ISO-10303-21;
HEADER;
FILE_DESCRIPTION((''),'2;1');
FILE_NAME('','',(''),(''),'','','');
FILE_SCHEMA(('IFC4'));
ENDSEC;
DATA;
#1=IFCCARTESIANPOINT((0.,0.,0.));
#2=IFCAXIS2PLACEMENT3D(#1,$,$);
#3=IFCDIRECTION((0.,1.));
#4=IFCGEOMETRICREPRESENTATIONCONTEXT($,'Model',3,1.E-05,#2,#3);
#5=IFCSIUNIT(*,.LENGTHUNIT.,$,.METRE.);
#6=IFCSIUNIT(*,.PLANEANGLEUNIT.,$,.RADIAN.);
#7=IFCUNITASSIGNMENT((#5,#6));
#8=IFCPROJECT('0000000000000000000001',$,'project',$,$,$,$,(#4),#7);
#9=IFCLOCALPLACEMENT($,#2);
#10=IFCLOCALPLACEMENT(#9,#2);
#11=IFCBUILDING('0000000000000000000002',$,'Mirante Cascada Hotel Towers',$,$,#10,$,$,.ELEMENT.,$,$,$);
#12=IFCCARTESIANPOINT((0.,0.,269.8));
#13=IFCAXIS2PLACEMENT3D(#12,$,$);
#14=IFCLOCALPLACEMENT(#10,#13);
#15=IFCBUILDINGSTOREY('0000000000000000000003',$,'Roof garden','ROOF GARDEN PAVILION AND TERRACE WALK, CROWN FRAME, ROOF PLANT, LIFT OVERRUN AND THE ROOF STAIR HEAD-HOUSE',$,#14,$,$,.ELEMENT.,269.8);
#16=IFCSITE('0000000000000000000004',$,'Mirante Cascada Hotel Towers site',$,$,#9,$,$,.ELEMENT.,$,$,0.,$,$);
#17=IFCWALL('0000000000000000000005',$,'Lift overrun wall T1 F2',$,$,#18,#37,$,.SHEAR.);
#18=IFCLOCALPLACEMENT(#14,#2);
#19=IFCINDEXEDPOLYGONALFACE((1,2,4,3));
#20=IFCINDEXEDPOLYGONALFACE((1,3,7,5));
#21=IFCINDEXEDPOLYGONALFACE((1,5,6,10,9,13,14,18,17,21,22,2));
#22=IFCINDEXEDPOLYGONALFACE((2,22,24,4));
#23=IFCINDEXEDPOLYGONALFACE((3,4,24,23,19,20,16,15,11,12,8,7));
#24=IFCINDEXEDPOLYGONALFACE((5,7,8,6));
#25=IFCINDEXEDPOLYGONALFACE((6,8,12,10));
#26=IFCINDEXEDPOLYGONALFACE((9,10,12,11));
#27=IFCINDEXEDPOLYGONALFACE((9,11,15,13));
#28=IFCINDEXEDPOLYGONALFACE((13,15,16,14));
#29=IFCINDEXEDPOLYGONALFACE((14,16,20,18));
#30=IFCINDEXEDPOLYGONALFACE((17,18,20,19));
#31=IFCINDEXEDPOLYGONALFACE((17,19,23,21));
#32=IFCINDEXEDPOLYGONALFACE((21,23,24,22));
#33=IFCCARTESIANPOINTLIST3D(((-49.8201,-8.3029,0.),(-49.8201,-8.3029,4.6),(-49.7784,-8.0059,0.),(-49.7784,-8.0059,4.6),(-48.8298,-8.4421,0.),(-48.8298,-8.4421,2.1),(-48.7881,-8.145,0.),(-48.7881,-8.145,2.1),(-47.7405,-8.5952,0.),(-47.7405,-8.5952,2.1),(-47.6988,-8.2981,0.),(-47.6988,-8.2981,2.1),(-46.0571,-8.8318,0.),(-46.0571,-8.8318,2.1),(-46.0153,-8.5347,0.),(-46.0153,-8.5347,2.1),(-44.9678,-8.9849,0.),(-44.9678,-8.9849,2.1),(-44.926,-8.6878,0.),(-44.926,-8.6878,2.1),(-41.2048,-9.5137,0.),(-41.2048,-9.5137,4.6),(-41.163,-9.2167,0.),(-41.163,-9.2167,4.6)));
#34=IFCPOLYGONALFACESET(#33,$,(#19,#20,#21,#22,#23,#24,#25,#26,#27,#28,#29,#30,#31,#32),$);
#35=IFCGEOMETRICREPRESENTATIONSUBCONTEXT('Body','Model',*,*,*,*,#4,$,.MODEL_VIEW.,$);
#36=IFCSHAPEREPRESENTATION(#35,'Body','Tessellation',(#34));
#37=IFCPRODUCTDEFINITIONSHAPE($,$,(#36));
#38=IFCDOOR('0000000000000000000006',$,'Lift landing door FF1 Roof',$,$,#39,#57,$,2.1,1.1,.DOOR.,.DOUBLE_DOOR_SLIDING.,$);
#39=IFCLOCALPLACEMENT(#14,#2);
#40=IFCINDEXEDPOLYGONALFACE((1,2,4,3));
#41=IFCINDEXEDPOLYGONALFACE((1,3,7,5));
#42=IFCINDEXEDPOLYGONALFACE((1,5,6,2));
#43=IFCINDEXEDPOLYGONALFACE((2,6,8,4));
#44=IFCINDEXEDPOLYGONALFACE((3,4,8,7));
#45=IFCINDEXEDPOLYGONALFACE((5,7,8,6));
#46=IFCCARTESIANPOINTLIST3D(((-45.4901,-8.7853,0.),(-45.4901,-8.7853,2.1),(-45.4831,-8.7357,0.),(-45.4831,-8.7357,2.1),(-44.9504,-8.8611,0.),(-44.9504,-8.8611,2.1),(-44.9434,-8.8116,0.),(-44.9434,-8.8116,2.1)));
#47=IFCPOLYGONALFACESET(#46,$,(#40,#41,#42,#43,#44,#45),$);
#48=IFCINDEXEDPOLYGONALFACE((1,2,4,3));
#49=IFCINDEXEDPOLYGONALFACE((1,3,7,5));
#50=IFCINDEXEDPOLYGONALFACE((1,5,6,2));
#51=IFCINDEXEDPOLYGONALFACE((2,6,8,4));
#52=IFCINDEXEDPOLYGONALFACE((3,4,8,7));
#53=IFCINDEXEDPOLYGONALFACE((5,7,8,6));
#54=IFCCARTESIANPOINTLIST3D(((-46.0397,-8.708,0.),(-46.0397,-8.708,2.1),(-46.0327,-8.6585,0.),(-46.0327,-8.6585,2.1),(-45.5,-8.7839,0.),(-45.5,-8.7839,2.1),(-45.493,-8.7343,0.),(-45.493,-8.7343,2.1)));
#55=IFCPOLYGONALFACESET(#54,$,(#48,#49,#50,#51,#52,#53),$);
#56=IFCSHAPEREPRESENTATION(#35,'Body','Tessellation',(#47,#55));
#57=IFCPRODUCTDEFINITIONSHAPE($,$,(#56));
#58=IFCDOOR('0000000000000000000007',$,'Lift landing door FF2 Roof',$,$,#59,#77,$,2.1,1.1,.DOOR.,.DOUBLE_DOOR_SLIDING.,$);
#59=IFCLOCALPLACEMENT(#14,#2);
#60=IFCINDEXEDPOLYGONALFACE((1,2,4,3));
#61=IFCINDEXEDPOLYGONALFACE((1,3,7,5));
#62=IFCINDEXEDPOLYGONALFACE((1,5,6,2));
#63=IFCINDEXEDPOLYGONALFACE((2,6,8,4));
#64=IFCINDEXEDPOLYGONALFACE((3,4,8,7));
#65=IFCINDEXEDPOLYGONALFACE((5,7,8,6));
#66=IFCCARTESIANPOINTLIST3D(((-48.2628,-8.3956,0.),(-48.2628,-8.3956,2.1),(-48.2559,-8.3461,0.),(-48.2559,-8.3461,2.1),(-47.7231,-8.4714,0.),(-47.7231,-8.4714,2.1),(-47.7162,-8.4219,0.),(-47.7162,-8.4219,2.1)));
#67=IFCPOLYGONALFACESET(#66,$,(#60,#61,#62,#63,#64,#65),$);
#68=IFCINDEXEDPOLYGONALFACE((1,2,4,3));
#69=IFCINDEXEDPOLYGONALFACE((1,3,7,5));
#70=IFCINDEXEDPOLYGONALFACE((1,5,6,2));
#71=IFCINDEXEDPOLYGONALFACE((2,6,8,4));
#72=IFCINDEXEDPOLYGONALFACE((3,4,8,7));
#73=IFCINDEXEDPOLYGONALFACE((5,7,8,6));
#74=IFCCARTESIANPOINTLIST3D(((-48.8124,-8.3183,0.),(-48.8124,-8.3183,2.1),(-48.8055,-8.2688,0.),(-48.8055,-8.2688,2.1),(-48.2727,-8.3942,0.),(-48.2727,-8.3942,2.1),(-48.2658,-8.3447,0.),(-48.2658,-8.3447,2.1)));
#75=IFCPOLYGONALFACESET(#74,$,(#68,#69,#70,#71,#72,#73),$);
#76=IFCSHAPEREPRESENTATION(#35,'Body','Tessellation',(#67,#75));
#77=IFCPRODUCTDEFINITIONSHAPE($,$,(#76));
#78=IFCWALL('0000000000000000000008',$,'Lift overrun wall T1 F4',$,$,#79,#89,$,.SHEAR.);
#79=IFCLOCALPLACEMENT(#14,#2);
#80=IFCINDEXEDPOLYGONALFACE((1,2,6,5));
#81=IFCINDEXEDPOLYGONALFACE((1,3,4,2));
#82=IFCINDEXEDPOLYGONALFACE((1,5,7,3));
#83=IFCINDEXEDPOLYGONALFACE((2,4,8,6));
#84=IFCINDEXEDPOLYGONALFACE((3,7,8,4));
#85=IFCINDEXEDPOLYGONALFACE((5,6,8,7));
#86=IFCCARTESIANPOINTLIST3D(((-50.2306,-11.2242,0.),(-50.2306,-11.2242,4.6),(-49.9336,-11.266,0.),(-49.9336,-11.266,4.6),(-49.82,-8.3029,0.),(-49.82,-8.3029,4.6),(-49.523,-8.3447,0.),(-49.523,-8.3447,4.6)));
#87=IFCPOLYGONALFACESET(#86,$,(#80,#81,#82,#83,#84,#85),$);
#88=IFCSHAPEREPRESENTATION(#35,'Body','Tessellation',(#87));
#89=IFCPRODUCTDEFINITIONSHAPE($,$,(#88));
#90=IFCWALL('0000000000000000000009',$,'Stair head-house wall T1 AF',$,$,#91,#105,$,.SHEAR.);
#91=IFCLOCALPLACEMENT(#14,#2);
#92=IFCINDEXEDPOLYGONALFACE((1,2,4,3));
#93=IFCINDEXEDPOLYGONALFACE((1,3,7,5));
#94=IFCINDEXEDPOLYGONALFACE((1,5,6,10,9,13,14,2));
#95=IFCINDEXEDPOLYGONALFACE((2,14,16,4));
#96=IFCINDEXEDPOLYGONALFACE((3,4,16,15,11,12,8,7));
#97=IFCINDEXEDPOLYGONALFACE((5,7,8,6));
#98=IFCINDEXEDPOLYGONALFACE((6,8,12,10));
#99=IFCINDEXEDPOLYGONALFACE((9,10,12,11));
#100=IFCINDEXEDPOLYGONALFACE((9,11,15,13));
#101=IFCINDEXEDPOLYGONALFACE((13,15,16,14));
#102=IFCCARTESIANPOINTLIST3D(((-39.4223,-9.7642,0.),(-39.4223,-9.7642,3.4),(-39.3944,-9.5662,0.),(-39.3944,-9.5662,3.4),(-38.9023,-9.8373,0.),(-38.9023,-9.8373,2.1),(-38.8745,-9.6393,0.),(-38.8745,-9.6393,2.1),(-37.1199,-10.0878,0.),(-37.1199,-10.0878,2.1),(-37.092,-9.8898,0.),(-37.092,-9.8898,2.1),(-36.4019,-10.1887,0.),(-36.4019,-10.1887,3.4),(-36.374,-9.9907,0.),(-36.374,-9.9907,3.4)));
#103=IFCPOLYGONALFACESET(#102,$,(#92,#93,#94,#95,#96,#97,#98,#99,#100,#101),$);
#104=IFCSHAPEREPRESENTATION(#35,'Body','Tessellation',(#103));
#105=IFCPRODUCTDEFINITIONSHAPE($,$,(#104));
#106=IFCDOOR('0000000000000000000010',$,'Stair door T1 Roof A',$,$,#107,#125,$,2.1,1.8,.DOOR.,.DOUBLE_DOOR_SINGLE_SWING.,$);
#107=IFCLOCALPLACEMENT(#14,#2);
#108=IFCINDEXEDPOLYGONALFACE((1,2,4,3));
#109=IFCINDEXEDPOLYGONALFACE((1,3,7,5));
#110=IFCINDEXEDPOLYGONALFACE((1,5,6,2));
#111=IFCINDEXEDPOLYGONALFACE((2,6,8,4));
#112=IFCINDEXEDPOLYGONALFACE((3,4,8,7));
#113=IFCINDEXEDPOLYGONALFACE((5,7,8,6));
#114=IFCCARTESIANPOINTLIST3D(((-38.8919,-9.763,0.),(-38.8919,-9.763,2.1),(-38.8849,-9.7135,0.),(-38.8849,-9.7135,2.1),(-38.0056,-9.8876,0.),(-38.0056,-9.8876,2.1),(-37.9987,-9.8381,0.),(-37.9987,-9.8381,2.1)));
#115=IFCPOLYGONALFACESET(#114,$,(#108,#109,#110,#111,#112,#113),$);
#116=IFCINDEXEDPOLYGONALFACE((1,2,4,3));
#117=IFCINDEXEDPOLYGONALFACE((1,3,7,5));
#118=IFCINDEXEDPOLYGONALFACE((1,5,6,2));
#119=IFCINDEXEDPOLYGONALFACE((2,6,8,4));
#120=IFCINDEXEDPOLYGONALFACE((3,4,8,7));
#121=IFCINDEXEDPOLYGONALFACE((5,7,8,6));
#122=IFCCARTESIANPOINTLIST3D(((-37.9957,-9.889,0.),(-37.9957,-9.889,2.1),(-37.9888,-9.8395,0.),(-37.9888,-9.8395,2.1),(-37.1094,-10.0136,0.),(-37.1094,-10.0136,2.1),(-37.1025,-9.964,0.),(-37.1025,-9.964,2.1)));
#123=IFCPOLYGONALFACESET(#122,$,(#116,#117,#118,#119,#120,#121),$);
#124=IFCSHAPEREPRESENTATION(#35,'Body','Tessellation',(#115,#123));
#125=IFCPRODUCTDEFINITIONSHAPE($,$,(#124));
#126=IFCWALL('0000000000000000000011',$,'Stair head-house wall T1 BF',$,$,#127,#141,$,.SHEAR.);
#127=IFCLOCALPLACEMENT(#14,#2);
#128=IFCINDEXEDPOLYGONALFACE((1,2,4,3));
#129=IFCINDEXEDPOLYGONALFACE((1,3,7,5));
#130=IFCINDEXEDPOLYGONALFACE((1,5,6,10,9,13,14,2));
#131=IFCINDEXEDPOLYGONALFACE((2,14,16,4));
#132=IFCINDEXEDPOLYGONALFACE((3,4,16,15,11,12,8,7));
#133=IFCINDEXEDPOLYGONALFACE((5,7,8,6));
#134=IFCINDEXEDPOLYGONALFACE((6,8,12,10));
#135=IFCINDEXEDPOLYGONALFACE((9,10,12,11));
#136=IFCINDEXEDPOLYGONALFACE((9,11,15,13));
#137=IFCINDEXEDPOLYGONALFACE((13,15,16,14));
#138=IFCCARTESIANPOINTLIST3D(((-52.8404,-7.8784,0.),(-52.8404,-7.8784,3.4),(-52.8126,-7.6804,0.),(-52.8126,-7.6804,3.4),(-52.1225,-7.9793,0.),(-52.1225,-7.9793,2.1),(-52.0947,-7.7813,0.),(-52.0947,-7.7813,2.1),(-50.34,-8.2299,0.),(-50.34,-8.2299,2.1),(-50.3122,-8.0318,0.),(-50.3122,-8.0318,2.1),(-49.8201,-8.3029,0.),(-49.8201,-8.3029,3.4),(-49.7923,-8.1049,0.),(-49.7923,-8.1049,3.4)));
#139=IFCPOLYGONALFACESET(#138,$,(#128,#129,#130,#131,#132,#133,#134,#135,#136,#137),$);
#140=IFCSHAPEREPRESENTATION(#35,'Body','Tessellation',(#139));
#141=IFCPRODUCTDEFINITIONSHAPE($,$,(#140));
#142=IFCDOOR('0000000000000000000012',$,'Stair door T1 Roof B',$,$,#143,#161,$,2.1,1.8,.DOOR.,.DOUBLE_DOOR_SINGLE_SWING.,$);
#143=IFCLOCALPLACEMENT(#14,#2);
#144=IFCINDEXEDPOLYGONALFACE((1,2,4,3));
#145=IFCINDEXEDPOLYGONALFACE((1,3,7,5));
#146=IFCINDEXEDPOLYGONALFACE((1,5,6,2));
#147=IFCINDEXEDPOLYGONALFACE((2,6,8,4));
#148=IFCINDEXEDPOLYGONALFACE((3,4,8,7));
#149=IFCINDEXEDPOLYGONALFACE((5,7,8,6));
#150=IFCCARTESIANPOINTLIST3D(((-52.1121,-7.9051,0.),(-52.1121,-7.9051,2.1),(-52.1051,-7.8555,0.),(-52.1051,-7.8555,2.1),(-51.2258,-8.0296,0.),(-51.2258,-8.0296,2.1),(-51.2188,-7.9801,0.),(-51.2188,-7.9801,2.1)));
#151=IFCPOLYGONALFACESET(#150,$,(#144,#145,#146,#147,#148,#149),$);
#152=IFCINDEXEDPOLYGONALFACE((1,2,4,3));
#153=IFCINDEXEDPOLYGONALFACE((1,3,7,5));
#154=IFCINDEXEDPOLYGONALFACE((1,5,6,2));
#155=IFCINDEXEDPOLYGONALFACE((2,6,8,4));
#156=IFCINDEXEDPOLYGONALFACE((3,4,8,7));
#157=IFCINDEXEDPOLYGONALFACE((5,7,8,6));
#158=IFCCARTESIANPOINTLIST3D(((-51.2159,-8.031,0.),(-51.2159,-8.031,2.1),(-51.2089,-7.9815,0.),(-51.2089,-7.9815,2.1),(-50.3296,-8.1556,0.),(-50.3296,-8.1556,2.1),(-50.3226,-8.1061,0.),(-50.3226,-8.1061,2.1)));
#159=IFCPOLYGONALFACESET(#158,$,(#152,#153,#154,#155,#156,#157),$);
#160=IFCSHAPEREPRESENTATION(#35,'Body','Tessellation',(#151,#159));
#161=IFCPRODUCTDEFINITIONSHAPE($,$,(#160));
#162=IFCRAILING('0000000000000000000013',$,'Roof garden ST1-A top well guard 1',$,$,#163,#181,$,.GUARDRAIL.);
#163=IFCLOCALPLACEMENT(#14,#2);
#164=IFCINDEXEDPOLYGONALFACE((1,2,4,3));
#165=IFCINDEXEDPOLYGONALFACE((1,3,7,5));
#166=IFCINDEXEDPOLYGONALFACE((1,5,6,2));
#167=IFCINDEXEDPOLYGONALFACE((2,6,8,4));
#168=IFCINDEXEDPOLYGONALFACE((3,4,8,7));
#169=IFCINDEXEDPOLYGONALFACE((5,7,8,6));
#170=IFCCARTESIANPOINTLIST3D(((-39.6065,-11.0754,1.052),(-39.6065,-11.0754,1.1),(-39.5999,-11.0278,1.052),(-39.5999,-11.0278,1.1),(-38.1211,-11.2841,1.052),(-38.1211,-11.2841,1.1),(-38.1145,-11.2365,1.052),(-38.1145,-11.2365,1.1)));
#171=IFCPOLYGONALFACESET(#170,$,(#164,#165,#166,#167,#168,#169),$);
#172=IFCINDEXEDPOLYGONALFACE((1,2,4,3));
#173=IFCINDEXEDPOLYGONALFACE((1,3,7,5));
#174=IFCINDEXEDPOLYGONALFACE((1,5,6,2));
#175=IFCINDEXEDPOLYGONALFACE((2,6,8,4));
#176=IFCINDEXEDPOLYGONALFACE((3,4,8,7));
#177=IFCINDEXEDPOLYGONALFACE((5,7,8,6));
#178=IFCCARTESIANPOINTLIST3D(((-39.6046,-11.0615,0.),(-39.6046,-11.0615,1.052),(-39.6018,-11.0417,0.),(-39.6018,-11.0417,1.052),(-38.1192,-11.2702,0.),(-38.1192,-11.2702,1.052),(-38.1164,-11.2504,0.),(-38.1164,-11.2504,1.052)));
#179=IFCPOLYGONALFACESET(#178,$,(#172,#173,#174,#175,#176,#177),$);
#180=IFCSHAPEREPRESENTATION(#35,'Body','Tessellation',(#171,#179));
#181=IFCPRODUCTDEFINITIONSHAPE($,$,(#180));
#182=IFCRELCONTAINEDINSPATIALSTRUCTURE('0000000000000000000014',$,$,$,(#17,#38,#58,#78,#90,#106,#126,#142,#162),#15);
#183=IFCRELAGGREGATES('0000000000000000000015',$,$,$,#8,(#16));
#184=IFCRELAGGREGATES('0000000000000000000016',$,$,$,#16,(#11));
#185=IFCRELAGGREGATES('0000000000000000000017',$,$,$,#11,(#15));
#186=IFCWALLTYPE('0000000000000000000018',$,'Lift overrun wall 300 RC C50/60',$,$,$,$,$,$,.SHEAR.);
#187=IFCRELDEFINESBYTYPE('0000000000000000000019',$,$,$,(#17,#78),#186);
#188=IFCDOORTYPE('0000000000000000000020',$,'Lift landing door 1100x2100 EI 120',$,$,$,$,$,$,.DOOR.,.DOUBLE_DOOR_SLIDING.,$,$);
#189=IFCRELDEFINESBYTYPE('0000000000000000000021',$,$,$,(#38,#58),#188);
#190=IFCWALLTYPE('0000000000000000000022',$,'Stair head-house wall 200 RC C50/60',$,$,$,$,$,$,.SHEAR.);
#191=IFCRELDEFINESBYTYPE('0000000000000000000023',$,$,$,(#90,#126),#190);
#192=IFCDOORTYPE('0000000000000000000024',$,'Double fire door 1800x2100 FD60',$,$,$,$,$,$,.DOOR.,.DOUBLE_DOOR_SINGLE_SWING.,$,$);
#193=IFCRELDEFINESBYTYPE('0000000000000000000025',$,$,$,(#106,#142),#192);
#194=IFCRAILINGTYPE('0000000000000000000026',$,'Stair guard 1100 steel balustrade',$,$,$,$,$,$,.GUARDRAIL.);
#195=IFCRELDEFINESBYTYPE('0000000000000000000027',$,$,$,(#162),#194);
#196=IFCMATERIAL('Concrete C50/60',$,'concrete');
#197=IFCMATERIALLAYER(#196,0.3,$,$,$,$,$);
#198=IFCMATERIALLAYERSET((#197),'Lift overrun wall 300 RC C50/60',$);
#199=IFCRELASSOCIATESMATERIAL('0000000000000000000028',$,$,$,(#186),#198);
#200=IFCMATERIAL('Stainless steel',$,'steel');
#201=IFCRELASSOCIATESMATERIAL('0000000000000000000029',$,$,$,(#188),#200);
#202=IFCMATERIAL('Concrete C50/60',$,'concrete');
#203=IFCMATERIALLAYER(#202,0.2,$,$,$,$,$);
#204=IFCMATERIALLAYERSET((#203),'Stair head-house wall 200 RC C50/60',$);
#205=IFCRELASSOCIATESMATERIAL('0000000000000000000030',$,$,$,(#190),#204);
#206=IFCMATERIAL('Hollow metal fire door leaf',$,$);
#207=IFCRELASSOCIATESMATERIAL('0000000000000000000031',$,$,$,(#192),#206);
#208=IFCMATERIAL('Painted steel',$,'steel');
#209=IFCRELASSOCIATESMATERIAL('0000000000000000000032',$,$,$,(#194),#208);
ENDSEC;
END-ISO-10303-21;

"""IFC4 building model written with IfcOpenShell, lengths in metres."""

from ifc_helpers import new_model, si_unit, direction, frame, frame_2d, origin, origin_2d, place, context, subcontext, project, spatial, rectangle, extrude, material, layer, layer_set, type_object, element, fill, save


model = new_model("IFC4")

# Units and contexts
model_context = context("Model", 3, precision=1e-05, world=origin(), true_north=direction((0.0, 1.0)))
body_context = subcontext(model_context, "Body", "Model", "MODEL_VIEW")
ifc_project = project(units=[si_unit("LENGTHUNIT", "METRE"), si_unit("PLANEANGLEUNIT", "RADIAN")], contexts=[model_context])

# Site, building, storey
site_placement = place(None, origin())
site = spatial("IfcSite", under=ifc_project, at=site_placement, Name="Mirante Cascada Hotel Towers site", CompositionType="ELEMENT", RefElevation=0.0)
building_placement = place(site_placement, origin())
building = spatial("IfcBuilding", under=site, at=building_placement, Name="Mirante Cascada Hotel Towers", CompositionType="ELEMENT")
storey_placement = place(building_placement, frame((0.0, 0.0, 269.8)))
storey = spatial("IfcBuildingStorey", under=building, at=storey_placement, Name="Roof garden", Description="ROOF GARDEN PAVILION AND TERRACE WALK, CROWN FRAME, ROOF PLANT, LIFT OVERRUN AND THE ROOF STAIR HEAD-HOUSE", CompositionType="ELEMENT", Elevation=269.8)

# Wall, openings, doors
ifc_material_1 = material(Name="Concrete C50/60", Category="concrete")
ifc_layer_1 = layer(ifc_material_1, 0.3)
ifc_layer_set_1 = layer_set([ifc_layer_1], Name="Lift overrun wall 300 RC C50/60")
wall_type_1 = type_object("IfcWallType", Name="Lift overrun wall 300 RC C50/60", PredefinedType="SHEAR", material=ifc_layer_set_1)
wall_1_placement = place(storey_placement, frame((-41.1839, -9.3652, 0.0), z_axis=(0.0, 0.0, 1.0), x_axis=(-0.990268, 0.139173, 0.0)))
wall_1 = element("IfcWall", 1, at=wall_1_placement, inside=storey, type_object=wall_type_1, Name="Lift overrun wall T1 F2", PredefinedType="SHEAR", context=body_context, shape_type="SweptSolid", body=[
    extrude(rectangle(XDim=8.7, YDim=0.3, at=frame_2d((4.35, 0.0))), origin(), (0.0, 0.0, 1.0), 4.6),
])
opening_1_placement = place(wall_1_placement, frame((3.8, 0.0, 0.0)))
opening_1 = element("IfcOpeningElement", 2, at=opening_1_placement, cuts=wall_1, PredefinedType="OPENING", context=body_context, shape_type="SweptSolid", body=[
    extrude(rectangle(XDim=1.1, YDim=2.1, at=frame_2d((0.55, 1.05))), frame((0.0, 0.15, 0.0), z_axis=(0.0, -1.0, 0.0), x_axis=(1.0, 0.0, 0.0)), (0.0, 0.0, 1.0), 0.3),
])
opening_2_placement = place(wall_1_placement, frame((6.6, 0.0, 0.0)))
opening_2 = element("IfcOpeningElement", 3, at=opening_2_placement, cuts=wall_1, PredefinedType="OPENING", context=body_context, shape_type="SweptSolid", body=[
    extrude(rectangle(XDim=1.1, YDim=2.1, at=frame_2d((0.55, 1.05))), frame((0.0, 0.15, 0.0), z_axis=(0.0, -1.0, 0.0), x_axis=(1.0, 0.0, 0.0)), (0.0, 0.0, 1.0), 0.3),
])
ifc_material_2 = material(Name="Stainless steel", Category="steel")
door_type_1 = type_object("IfcDoorType", Name="Lift landing door 1100x2100 EI 120", OperationType="DOUBLE_DOOR_SLIDING", PredefinedType="DOOR", material=ifc_material_2)
door_1_placement = place(opening_1_placement, origin())
door_1 = element("IfcDoor", 4, at=door_1_placement, inside=storey, type_object=door_type_1, Name="Lift landing door FF1 Roof", OperationType="DOUBLE_DOOR_SLIDING", OverallHeight=2.1, OverallWidth=1.1, PredefinedType="DOOR", context=body_context, shape_type="SweptSolid", body=[
    extrude(rectangle(XDim=0.545, YDim=2.1, at=frame_2d((0.2725, 1.05))), frame((0.0, 0.025, 0.0), z_axis=(0.0, -1.0, 0.0), x_axis=(1.0, 0.0, 0.0)), (0.0, 0.0, 1.0), 0.05),
    extrude(rectangle(XDim=0.545, YDim=2.1, at=frame_2d((0.8275, 1.05))), frame((0.0, 0.025, 0.0), z_axis=(0.0, -1.0, 0.0), x_axis=(1.0, 0.0, 0.0)), (0.0, 0.0, 1.0), 0.05),
])
fill(opening_1, door_1)
door_2_placement = place(opening_2_placement, origin())
door_2 = element("IfcDoor", 5, at=door_2_placement, inside=storey, type_object=door_type_1, Name="Lift landing door FF2 Roof", OperationType="DOUBLE_DOOR_SLIDING", OverallHeight=2.1, OverallWidth=1.1, PredefinedType="DOOR", context=body_context, shape_type="SweptSolid", body=[
    extrude(rectangle(XDim=0.545, YDim=2.1, at=frame_2d((0.2725, 1.05))), frame((0.0, 0.025, 0.0), z_axis=(0.0, -1.0, 0.0), x_axis=(1.0, 0.0, 0.0)), (0.0, 0.0, 1.0), 0.05),
    extrude(rectangle(XDim=0.545, YDim=2.1, at=frame_2d((0.8275, 1.05))), frame((0.0, 0.025, 0.0), z_axis=(0.0, -1.0, 0.0), x_axis=(1.0, 0.0, 0.0)), (0.0, 0.0, 1.0), 0.05),
])
fill(opening_2, door_2)

# Wall
wall_2_placement = place(storey_placement, frame((-50.0821, -11.2451, 0.0), z_axis=(0.0, 0.0, 1.0), x_axis=(0.139186, 0.990266, 0.0)))
element("IfcWall", 6, at=wall_2_placement, inside=storey, type_object=wall_type_1, Name="Lift overrun wall T1 F4", PredefinedType="SHEAR", context=body_context, shape_type="SweptSolid", body=[
    extrude(rectangle(XDim=2.95, YDim=0.3, at=frame_2d((1.475, 0.0))), origin(), (0.0, 0.0, 1.0), 4.6),
])

# Walls, openings, doors
ifc_material_3 = material(Name="Concrete C50/60", Category="concrete")
ifc_layer_2 = layer(ifc_material_3, 0.2)
ifc_layer_set_2 = layer_set([ifc_layer_2], Name="Stair head-house wall 200 RC C50/60")
wall_type_2 = type_object("IfcWallType", Name="Stair head-house wall 200 RC C50/60", PredefinedType="SHEAR", material=ifc_layer_set_2)
wall_3_placement = place(storey_placement, frame((-36.388, -10.0897, 0.0), z_axis=(0.0, 0.0, 1.0), x_axis=(-0.990268, 0.139177, 0.0)))
wall_3 = element("IfcWall", 7, at=wall_3_placement, inside=storey, type_object=wall_type_2, Name="Stair head-house wall T1 AF", PredefinedType="SHEAR", context=body_context, shape_type="SweptSolid", body=[
    extrude(rectangle(XDim=3.0501, YDim=0.2, at=frame_2d((1.525, 0.0))), origin(), (0.0, 0.0, 1.0), 3.4),
])
opening_3_placement = place(wall_3_placement, frame((0.725, 0.0, 0.0)))
opening_3 = element("IfcOpeningElement", 8, at=opening_3_placement, cuts=wall_3, PredefinedType="OPENING", context=body_context, shape_type="SweptSolid", body=[
    extrude(rectangle(XDim=1.8, YDim=2.1, at=frame_2d((0.9, 1.05))), frame((0.0, 0.1, 0.0), z_axis=(0.0, -1.0, 0.0), x_axis=(1.0, 0.0, 0.0)), (0.0, 0.0, 1.0), 0.2),
])
ifc_material_4 = material(Name="Hollow metal fire door leaf")
door_type_2 = type_object("IfcDoorType", Name="Double fire door 1800x2100 FD60", OperationType="DOUBLE_DOOR_SINGLE_SWING", PredefinedType="DOOR", material=ifc_material_4)
door_3_placement = place(opening_3_placement, frame((1.8, 0.0, 0.0), z_axis=(0.0, 0.0, 1.0), x_axis=(-1.0, 0.0, 0.0)))
door_3 = element("IfcDoor", 9, at=door_3_placement, inside=storey, type_object=door_type_2, Name="Stair door T1 Roof A", OperationType="DOUBLE_DOOR_SINGLE_SWING", OverallHeight=2.1, OverallWidth=1.8, PredefinedType="DOOR", context=body_context, shape_type="SweptSolid", body=[
    extrude(rectangle(XDim=0.895, YDim=2.1, at=frame_2d((0.4475, 1.05))), frame((0.0, 0.025, 0.0), z_axis=(0.0, -1.0, 0.0), x_axis=(1.0, 0.0, 0.0)), (0.0, 0.0, 1.0), 0.05),
    extrude(rectangle(XDim=0.895, YDim=2.1, at=frame_2d((1.3525, 1.05))), frame((0.0, 0.025, 0.0), z_axis=(0.0, -1.0, 0.0), x_axis=(1.0, 0.0, 0.0)), (0.0, 0.0, 1.0), 0.05),
])
fill(opening_3, door_3)
wall_4_placement = place(storey_placement, frame((-49.8062, -8.2039, 0.0), z_axis=(0.0, 0.0, 1.0), x_axis=(-0.990267, 0.139181, 0.0)))
wall_4 = element("IfcWall", 10, at=wall_4_placement, inside=storey, type_object=wall_type_2, Name="Stair head-house wall T1 BF", PredefinedType="SHEAR", context=body_context, shape_type="SweptSolid", body=[
    extrude(rectangle(XDim=3.05, YDim=0.2, at=frame_2d((1.525, 0.0))), origin(), (0.0, 0.0, 1.0), 3.4),
])
opening_4_placement = place(wall_4_placement, frame((0.525, 0.0, 0.0)))
opening_4 = element("IfcOpeningElement", 11, at=opening_4_placement, cuts=wall_4, PredefinedType="OPENING", context=body_context, shape_type="SweptSolid", body=[
    extrude(rectangle(XDim=1.8, YDim=2.1, at=frame_2d((0.9, 1.05))), frame((0.0, 0.1, 0.0), z_axis=(0.0, -1.0, 0.0), x_axis=(1.0, 0.0, 0.0)), (0.0, 0.0, 1.0), 0.2),
])
door_4_placement = place(opening_4_placement, frame((1.8, 0.0, 0.0), z_axis=(0.0, 0.0, 1.0), x_axis=(-1.0, 0.0, 0.0)))
door_4 = element("IfcDoor", 12, at=door_4_placement, inside=storey, type_object=door_type_2, Name="Stair door T1 Roof B", OperationType="DOUBLE_DOOR_SINGLE_SWING", OverallHeight=2.1, OverallWidth=1.8, PredefinedType="DOOR", context=body_context, shape_type="SweptSolid", body=[
    extrude(rectangle(XDim=0.895, YDim=2.1, at=frame_2d((0.4475, 1.05))), frame((0.0, 0.025, 0.0), z_axis=(0.0, -1.0, 0.0), x_axis=(1.0, 0.0, 0.0)), (0.0, 0.0, 1.0), 0.05),
    extrude(rectangle(XDim=0.895, YDim=2.1, at=frame_2d((1.3525, 1.05))), frame((0.0, 0.025, 0.0), z_axis=(0.0, -1.0, 0.0), x_axis=(1.0, 0.0, 0.0)), (0.0, 0.0, 1.0), 0.05),
])
fill(opening_4, door_4)

# Railing
ifc_material_5 = material(Name="Painted steel", Category="steel")
railing_type = type_object("IfcRailingType", Name="Stair guard 1100 steel balustrade", PredefinedType="GUARDRAIL", material=ifc_material_5)
railing_placement = place(storey_placement, frame((-39.6032, -11.0516, 0.0)))
element("IfcRailing", 13, at=railing_placement, inside=storey, type_object=railing_type, Name="Roof garden ST1-A top well guard 1", PredefinedType="GUARDRAIL", context=body_context, shape_type="SweptSolid", body=[
    extrude(rectangle(XDim=0.048, YDim=0.048, at=origin_2d()), frame((0.0, 0.0, 1.076), z_axis=(0.990274, -0.139134, 0.0), x_axis=(0.139134, 0.990274, 0.0)), (0.0, 0.0, 1.0), 1.5),
    extrude(rectangle(XDim=0.02, YDim=1.052, at=origin_2d()), frame((0.0, 0.0, 0.526), z_axis=(0.990274, -0.139134, 0.0), x_axis=(0.139134, 0.990274, 0.0)), (0.0, 0.0, 1.0), 1.5),
])

save(model, "model.ifc")
